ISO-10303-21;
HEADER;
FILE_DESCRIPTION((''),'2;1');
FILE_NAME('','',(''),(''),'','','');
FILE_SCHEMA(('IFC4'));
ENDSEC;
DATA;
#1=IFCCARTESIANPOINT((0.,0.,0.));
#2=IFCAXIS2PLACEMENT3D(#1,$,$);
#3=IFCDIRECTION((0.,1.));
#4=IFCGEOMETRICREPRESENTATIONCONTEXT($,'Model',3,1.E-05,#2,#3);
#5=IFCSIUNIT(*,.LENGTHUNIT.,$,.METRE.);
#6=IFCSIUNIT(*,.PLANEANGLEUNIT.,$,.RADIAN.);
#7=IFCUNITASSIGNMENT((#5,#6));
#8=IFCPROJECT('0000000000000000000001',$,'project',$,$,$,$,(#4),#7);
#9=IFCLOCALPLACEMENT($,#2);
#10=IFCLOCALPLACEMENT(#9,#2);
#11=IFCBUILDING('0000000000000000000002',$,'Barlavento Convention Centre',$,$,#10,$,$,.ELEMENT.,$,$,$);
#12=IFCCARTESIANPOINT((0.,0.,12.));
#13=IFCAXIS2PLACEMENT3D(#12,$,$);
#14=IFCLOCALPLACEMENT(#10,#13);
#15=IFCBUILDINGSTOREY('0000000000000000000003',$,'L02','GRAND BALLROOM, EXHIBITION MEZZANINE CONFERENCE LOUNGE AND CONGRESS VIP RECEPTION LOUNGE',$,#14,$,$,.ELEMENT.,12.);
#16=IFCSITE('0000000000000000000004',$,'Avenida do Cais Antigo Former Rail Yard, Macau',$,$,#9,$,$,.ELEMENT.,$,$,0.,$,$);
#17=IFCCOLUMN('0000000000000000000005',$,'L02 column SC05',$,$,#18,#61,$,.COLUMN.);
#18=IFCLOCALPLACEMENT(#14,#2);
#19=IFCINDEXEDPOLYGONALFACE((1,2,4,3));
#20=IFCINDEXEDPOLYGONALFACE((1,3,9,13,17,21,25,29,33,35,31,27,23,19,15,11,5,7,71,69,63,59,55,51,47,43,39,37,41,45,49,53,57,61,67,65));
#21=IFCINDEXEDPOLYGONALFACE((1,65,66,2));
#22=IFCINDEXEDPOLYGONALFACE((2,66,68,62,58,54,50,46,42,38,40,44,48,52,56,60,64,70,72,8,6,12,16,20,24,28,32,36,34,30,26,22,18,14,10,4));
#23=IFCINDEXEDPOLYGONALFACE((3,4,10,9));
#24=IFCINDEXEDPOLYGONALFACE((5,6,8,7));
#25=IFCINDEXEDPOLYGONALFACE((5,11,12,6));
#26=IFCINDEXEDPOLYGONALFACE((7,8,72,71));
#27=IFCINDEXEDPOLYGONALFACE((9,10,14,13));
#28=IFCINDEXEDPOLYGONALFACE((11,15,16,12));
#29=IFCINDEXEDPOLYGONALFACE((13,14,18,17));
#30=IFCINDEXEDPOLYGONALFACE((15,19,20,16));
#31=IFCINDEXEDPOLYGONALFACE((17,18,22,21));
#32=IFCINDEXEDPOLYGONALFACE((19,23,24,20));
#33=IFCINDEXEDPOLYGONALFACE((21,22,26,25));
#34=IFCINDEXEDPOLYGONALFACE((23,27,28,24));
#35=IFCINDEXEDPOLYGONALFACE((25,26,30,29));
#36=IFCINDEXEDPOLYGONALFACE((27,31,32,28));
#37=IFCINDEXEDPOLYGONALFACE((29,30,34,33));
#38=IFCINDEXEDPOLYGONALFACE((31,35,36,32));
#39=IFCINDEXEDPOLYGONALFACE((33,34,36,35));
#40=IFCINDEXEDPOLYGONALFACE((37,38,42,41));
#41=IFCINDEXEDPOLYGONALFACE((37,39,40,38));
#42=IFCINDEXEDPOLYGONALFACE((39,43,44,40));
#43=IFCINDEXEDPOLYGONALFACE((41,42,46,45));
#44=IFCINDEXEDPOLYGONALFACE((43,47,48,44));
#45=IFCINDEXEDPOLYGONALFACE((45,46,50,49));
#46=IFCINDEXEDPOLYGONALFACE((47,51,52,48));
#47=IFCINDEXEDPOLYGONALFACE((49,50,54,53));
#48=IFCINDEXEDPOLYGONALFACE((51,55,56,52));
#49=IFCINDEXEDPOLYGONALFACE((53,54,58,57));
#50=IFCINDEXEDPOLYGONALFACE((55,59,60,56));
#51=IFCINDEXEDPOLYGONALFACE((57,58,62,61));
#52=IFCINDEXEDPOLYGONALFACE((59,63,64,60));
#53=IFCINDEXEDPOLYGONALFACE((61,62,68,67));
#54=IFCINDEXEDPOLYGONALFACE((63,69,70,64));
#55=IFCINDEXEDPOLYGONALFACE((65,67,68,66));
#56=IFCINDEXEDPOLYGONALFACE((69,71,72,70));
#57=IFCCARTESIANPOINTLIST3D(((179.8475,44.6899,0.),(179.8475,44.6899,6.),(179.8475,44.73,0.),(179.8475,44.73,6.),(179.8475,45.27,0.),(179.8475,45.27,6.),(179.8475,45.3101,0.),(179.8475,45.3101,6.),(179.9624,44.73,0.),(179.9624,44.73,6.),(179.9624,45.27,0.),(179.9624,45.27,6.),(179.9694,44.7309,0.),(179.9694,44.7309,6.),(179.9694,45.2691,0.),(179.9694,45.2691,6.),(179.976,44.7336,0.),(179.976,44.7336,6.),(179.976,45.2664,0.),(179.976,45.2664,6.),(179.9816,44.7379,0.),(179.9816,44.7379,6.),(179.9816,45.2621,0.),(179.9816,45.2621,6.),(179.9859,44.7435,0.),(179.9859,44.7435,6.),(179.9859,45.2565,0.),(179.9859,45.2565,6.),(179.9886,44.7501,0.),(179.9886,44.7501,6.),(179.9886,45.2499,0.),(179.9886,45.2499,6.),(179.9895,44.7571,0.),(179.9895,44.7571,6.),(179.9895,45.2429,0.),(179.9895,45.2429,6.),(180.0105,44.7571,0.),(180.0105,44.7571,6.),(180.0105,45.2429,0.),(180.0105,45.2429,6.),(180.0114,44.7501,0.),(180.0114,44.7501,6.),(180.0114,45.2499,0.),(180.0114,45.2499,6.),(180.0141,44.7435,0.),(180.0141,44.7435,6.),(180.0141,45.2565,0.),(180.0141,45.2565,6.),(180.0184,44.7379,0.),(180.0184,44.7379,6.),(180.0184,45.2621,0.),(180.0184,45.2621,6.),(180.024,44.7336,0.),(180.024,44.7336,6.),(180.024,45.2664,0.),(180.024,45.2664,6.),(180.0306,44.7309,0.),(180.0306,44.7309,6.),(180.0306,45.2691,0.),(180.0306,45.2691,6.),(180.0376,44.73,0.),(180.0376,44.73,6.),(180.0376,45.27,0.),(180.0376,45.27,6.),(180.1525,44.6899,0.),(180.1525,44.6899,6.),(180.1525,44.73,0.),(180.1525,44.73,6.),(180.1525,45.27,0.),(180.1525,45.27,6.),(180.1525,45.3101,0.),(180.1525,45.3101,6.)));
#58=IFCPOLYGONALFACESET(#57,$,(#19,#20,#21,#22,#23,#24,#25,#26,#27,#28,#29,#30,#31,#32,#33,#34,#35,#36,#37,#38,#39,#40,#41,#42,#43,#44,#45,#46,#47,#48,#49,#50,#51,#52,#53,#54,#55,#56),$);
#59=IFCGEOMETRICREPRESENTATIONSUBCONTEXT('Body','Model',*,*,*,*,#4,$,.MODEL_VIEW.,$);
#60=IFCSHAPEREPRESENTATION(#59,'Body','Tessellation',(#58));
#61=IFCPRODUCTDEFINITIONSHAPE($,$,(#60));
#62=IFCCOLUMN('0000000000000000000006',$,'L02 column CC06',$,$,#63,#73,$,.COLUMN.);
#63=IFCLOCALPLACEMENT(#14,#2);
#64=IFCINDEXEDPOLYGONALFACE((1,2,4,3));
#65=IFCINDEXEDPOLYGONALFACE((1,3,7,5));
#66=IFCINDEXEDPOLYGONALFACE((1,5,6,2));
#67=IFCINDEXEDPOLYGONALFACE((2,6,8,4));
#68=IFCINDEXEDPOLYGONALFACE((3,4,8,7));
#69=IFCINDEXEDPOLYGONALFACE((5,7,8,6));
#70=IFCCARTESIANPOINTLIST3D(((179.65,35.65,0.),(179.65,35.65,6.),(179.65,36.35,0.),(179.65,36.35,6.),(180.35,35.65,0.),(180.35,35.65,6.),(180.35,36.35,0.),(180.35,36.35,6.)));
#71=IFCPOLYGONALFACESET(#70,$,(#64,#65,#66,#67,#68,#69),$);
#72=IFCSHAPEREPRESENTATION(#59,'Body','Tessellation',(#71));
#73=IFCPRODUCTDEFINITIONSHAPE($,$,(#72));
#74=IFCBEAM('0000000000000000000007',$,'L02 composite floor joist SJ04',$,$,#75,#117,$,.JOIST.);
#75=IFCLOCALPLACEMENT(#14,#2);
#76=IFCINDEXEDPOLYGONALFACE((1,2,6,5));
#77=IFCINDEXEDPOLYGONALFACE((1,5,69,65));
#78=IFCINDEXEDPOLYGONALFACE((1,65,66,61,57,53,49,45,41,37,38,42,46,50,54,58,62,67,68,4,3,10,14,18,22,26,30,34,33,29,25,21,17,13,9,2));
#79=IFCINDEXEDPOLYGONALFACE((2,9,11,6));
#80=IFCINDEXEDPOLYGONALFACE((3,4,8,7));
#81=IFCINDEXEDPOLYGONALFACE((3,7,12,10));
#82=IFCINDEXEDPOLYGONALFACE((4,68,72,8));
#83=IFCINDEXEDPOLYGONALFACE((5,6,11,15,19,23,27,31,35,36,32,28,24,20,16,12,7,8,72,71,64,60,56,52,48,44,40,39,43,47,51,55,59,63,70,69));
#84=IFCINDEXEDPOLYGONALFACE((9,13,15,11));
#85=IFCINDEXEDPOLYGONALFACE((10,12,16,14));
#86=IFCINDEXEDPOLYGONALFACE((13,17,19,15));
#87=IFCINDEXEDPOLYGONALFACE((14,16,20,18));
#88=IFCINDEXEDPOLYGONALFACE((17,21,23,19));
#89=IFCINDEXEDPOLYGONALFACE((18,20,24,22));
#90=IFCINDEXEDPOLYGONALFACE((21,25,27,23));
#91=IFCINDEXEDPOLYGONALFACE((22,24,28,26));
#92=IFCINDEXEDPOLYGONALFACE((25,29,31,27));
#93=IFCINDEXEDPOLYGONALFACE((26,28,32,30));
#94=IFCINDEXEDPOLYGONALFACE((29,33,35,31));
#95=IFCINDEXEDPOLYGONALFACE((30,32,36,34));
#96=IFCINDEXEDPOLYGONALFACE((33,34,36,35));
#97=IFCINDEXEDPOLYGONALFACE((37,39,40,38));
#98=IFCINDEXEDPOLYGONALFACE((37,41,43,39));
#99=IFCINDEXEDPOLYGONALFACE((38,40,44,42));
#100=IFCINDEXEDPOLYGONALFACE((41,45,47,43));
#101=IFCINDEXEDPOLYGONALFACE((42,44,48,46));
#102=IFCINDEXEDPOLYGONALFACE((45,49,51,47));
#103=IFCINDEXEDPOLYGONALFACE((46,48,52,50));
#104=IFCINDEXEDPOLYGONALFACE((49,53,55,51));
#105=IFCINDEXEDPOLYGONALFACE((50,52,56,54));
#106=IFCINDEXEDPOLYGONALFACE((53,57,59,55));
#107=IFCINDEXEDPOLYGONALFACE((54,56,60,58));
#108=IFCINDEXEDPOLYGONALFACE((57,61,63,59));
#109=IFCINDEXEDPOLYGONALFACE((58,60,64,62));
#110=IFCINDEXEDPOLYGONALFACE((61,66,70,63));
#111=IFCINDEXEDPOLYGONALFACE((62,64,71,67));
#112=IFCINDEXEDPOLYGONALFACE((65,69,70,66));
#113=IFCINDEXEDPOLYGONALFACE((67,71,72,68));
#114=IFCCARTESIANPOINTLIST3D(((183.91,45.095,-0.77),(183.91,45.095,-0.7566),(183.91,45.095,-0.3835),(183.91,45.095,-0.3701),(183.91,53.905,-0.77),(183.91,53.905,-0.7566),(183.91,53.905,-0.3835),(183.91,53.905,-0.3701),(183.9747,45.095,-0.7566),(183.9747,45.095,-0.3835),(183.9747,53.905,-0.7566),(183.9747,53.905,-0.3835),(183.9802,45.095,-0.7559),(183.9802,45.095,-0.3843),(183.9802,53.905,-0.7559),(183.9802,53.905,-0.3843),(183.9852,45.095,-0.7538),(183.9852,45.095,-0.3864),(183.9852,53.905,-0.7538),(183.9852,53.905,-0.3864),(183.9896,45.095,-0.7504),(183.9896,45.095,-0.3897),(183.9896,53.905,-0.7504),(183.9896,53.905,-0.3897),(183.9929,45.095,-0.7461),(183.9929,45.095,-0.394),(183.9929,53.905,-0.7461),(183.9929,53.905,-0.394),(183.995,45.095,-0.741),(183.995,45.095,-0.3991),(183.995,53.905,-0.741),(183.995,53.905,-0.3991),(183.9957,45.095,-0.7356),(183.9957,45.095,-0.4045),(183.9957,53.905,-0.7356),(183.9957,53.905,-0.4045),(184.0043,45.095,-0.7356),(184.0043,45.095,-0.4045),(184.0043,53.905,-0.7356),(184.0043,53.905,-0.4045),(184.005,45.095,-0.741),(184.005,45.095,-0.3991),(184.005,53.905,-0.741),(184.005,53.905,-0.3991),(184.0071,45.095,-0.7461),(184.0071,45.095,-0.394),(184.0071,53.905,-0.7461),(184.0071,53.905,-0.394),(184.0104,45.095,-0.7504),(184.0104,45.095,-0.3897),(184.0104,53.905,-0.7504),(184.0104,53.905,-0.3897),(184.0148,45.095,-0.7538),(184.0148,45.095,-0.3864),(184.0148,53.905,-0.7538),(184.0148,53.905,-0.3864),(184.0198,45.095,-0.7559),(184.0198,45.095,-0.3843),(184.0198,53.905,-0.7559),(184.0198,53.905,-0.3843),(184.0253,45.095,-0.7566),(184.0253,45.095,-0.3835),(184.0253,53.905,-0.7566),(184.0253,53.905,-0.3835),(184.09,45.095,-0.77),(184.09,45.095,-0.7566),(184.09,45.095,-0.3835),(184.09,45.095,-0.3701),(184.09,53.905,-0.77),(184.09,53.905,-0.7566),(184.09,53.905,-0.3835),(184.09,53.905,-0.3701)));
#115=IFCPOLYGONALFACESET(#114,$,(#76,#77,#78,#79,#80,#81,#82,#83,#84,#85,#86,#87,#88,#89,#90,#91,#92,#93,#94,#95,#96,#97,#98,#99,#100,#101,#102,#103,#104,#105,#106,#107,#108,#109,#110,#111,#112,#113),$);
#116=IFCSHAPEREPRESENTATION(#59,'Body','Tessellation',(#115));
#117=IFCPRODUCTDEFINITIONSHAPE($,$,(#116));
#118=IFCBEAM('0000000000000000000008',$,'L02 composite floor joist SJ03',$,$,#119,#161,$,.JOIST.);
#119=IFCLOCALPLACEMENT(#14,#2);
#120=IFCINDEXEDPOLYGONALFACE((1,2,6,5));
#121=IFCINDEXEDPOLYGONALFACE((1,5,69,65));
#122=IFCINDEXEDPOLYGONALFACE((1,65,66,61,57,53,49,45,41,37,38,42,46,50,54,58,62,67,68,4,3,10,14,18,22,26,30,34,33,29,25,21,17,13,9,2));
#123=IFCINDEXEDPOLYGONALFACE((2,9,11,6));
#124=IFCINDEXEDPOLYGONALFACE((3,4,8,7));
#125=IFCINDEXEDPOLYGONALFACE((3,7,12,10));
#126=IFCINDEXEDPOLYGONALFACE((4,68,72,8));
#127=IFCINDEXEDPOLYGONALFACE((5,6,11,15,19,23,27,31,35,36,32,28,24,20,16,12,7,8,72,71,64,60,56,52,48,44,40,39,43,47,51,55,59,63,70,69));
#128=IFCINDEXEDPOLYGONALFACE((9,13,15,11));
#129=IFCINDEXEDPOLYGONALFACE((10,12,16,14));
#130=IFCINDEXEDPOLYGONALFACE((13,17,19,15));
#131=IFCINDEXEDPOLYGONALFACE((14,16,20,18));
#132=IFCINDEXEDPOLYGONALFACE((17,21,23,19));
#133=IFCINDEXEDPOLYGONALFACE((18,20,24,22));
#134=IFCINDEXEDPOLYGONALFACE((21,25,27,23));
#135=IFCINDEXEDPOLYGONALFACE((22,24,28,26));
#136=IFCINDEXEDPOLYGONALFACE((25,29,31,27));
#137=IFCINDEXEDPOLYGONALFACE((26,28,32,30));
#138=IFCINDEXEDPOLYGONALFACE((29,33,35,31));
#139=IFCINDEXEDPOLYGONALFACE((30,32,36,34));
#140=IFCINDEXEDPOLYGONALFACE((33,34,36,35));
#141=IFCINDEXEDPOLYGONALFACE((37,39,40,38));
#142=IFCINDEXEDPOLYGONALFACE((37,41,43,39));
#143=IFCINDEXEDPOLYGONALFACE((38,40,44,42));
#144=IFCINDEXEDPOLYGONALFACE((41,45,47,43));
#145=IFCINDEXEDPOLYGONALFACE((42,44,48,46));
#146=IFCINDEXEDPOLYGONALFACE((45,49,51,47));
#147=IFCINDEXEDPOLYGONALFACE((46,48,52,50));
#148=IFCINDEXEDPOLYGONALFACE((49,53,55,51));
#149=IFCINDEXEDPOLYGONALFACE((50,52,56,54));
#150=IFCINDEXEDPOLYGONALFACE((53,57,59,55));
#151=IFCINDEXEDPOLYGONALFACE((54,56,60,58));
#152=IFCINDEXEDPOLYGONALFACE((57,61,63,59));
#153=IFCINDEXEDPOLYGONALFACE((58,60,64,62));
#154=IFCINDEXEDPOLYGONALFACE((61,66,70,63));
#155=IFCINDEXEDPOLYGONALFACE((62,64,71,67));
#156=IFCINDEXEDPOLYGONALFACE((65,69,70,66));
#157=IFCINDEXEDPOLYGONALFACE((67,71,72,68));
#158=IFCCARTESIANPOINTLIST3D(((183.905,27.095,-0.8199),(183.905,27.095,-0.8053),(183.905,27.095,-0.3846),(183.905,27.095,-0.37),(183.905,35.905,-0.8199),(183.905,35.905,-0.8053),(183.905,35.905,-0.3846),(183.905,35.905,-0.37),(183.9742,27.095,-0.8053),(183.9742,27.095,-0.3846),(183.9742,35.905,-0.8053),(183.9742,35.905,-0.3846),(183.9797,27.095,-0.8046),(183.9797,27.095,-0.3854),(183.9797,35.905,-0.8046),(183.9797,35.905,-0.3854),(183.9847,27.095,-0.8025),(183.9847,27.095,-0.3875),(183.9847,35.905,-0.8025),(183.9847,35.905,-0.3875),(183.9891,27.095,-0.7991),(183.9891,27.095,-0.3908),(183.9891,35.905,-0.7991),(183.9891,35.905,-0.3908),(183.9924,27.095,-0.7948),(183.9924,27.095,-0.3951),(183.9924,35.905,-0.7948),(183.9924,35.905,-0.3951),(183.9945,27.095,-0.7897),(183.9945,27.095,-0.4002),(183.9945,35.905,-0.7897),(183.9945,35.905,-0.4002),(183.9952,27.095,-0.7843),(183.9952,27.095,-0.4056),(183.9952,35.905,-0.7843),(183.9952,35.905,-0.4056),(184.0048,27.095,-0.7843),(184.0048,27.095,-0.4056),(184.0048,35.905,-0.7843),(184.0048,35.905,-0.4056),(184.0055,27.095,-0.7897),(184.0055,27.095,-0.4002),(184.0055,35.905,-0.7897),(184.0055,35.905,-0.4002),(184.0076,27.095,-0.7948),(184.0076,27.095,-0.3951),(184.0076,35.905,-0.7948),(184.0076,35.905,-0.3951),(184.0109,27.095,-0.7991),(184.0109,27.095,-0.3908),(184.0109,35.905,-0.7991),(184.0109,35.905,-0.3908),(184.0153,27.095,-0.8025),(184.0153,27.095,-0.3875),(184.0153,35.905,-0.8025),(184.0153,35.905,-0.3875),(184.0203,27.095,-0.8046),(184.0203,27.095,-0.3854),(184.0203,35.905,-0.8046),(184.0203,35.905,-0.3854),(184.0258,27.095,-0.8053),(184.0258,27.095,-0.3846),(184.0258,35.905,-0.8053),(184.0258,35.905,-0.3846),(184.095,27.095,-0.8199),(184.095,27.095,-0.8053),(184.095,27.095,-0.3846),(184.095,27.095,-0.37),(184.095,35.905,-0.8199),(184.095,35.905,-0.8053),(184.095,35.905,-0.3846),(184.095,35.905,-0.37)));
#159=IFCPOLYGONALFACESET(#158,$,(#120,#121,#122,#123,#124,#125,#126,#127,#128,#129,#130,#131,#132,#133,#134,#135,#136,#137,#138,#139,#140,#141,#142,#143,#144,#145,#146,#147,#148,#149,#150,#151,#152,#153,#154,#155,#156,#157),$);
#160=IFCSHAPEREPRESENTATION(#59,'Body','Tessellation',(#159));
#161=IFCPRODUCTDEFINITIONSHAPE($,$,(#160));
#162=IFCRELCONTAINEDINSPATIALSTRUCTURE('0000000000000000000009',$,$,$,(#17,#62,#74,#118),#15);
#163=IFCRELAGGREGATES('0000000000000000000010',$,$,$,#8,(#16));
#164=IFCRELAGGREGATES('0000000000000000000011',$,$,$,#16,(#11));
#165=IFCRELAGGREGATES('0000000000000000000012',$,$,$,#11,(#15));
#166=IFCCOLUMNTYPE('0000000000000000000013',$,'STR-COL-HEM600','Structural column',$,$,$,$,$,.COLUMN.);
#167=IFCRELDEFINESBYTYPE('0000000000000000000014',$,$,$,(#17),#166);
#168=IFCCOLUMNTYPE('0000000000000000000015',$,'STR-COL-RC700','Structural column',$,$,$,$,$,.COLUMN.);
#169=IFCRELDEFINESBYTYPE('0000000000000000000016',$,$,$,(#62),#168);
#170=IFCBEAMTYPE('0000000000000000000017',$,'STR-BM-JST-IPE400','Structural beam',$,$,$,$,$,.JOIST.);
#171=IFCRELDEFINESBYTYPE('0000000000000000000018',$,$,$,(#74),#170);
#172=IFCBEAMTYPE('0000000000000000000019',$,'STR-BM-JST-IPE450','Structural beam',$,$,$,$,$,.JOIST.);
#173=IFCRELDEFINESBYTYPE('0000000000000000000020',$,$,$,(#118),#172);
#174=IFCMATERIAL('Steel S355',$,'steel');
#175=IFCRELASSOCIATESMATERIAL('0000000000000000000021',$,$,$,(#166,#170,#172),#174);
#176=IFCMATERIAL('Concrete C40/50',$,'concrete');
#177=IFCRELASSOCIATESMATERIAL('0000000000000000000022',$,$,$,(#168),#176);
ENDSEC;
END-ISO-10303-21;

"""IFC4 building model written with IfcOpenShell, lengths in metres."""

from ifc_helpers import new_model, si_unit, direction, frame, origin, origin_2d, place, context, subcontext, project, spatial, rectangle, i_section, extrude, material, material_profile, profile_set, type_object, element, save


model = new_model("IFC4")

# Units and contexts
model_context = context("Model", 3, precision=1e-05, world=origin(), true_north=direction((0.0, 1.0)))
body_context = subcontext(model_context, "Body", "Model", "MODEL_VIEW")
ifc_project = project(units=[si_unit("LENGTHUNIT", "METRE"), si_unit("PLANEANGLEUNIT", "RADIAN")], contexts=[model_context])

# Site, building, storey
site_placement = place(None, origin())
site = spatial("IfcSite", under=ifc_project, at=site_placement, Name="Avenida do Cais Antigo Former Rail Yard, Macau", CompositionType="ELEMENT", RefElevation=0.0)
building_placement = place(site_placement, origin())
building = spatial("IfcBuilding", under=site, at=building_placement, Name="Barlavento Convention Centre", CompositionType="ELEMENT")
storey_placement = place(building_placement, frame((0.0, 0.0, 12.0)))
storey = spatial("IfcBuildingStorey", under=building, at=storey_placement, Name="L02", Description="GRAND BALLROOM, EXHIBITION MEZZANINE CONFERENCE LOUNGE AND CONGRESS VIP RECEPTION LOUNGE", CompositionType="ELEMENT", Elevation=12.0)

# Columns
ifc_material_1 = material(Name="Steel S355", Category="steel")
ifc_material_profile_1 = material_profile(ifc_material_1, i_section(OverallWidth=0.3049, OverallDepth=0.6201, WebThickness=0.021, FlangeThickness=0.04, FilletRadius=0.0271, at=origin_2d()), Name="HEM 600")
ifc_profile_set_1 = profile_set([ifc_material_profile_1], Name="Steel S355")
column_type_1 = type_object("IfcColumnType", Name="STR-COL-HEM600", Description="Structural column", PredefinedType="COLUMN", material=ifc_profile_set_1)
column_1_placement = place(storey_placement, frame((180.0, 45.0, 0.0), z_axis=(0.0, 0.0, 1.0), x_axis=(1.0, 0.0, 0.0)))
element("IfcColumn", 1, at=column_1_placement, inside=storey, type_object=column_type_1, Name="L02 column SC05", PredefinedType="COLUMN", context=body_context, shape_type="SweptSolid", body=[
    extrude(i_section(OverallWidth=0.3049, OverallDepth=0.6201, WebThickness=0.021, FlangeThickness=0.04, FilletRadius=0.0271, at=origin_2d()), origin(), (0.0, 0.0, 1.0), 6.0),
])
ifc_material_2 = material(Name="Concrete C40/50", Category="concrete")
ifc_material_profile_2 = material_profile(ifc_material_2, rectangle(XDim=0.7, YDim=0.7, at=origin_2d()), Name="RC 700x700")
ifc_profile_set_2 = profile_set([ifc_material_profile_2], Name="Concrete C40/50")
column_type_2 = type_object("IfcColumnType", Name="STR-COL-RC700", Description="Structural column", PredefinedType="COLUMN", material=ifc_profile_set_2)
column_2_placement = place(storey_placement, frame((180.0, 36.0, 0.0), z_axis=(0.0, 0.0, 1.0), x_axis=(1.0, 0.0, 0.0)))
element("IfcColumn", 2, at=column_2_placement, inside=storey, type_object=column_type_2, Name="L02 column CC06", PredefinedType="COLUMN", context=body_context, shape_type="SweptSolid", body=[
    extrude(rectangle(XDim=0.7, YDim=0.7, at=origin_2d()), origin(), (0.0, 0.0, 1.0), 6.0),
])

# Beams
ifc_material_profile_3 = material_profile(ifc_material_1, i_section(OverallWidth=0.1799, OverallDepth=0.3999, WebThickness=0.0085, FlangeThickness=0.0134, FilletRadius=0.021, at=origin_2d()), Name="IPE 400")
ifc_profile_set_3 = profile_set([ifc_material_profile_3], Name="Steel S355")
beam_type_1 = type_object("IfcBeamType", Name="STR-BM-JST-IPE400", Description="Structural beam", PredefinedType="JOIST", material=ifc_profile_set_3)
beam_1_placement = place(storey_placement, frame((184.0, 45.095, -0.5701), z_axis=(0.0, 1.0, 0.0), x_axis=(-1.0, 0.0, 0.0)))
element("IfcBeam", 3, at=beam_1_placement, inside=storey, type_object=beam_type_1, Name="L02 composite floor joist SJ04", PredefinedType="JOIST", context=body_context, shape_type="SweptSolid", body=[
    extrude(i_section(OverallWidth=0.1799, OverallDepth=0.3999, WebThickness=0.0085, FlangeThickness=0.0134, FilletRadius=0.021, at=origin_2d()), origin(), (0.0, 0.0, 1.0), 8.8101),
])
ifc_material_profile_4 = material_profile(ifc_material_1, i_section(OverallWidth=0.1899, OverallDepth=0.45, WebThickness=0.0095, FlangeThickness=0.0146, FilletRadius=0.021, at=origin_2d()), Name="IPE 450")
ifc_profile_set_4 = profile_set([ifc_material_profile_4], Name="Steel S355")
beam_type_2 = type_object("IfcBeamType", Name="STR-BM-JST-IPE450", Description="Structural beam", PredefinedType="JOIST", material=ifc_profile_set_4)
beam_2_placement = place(storey_placement, frame((184.0, 27.095, -0.595), z_axis=(0.0, 1.0, 0.0), x_axis=(-1.0, 0.0, 0.0)))
element("IfcBeam", 4, at=beam_2_placement, inside=storey, type_object=beam_type_2, Name="L02 composite floor joist SJ03", PredefinedType="JOIST", context=body_context, shape_type="SweptSolid", body=[
    extrude(i_section(OverallWidth=0.1899, OverallDepth=0.45, WebThickness=0.0095, FlangeThickness=0.0146, FilletRadius=0.021, at=origin_2d()), origin(), (0.0, 0.0, 1.0), 8.8101),
])

save(model, "model.ifc")
